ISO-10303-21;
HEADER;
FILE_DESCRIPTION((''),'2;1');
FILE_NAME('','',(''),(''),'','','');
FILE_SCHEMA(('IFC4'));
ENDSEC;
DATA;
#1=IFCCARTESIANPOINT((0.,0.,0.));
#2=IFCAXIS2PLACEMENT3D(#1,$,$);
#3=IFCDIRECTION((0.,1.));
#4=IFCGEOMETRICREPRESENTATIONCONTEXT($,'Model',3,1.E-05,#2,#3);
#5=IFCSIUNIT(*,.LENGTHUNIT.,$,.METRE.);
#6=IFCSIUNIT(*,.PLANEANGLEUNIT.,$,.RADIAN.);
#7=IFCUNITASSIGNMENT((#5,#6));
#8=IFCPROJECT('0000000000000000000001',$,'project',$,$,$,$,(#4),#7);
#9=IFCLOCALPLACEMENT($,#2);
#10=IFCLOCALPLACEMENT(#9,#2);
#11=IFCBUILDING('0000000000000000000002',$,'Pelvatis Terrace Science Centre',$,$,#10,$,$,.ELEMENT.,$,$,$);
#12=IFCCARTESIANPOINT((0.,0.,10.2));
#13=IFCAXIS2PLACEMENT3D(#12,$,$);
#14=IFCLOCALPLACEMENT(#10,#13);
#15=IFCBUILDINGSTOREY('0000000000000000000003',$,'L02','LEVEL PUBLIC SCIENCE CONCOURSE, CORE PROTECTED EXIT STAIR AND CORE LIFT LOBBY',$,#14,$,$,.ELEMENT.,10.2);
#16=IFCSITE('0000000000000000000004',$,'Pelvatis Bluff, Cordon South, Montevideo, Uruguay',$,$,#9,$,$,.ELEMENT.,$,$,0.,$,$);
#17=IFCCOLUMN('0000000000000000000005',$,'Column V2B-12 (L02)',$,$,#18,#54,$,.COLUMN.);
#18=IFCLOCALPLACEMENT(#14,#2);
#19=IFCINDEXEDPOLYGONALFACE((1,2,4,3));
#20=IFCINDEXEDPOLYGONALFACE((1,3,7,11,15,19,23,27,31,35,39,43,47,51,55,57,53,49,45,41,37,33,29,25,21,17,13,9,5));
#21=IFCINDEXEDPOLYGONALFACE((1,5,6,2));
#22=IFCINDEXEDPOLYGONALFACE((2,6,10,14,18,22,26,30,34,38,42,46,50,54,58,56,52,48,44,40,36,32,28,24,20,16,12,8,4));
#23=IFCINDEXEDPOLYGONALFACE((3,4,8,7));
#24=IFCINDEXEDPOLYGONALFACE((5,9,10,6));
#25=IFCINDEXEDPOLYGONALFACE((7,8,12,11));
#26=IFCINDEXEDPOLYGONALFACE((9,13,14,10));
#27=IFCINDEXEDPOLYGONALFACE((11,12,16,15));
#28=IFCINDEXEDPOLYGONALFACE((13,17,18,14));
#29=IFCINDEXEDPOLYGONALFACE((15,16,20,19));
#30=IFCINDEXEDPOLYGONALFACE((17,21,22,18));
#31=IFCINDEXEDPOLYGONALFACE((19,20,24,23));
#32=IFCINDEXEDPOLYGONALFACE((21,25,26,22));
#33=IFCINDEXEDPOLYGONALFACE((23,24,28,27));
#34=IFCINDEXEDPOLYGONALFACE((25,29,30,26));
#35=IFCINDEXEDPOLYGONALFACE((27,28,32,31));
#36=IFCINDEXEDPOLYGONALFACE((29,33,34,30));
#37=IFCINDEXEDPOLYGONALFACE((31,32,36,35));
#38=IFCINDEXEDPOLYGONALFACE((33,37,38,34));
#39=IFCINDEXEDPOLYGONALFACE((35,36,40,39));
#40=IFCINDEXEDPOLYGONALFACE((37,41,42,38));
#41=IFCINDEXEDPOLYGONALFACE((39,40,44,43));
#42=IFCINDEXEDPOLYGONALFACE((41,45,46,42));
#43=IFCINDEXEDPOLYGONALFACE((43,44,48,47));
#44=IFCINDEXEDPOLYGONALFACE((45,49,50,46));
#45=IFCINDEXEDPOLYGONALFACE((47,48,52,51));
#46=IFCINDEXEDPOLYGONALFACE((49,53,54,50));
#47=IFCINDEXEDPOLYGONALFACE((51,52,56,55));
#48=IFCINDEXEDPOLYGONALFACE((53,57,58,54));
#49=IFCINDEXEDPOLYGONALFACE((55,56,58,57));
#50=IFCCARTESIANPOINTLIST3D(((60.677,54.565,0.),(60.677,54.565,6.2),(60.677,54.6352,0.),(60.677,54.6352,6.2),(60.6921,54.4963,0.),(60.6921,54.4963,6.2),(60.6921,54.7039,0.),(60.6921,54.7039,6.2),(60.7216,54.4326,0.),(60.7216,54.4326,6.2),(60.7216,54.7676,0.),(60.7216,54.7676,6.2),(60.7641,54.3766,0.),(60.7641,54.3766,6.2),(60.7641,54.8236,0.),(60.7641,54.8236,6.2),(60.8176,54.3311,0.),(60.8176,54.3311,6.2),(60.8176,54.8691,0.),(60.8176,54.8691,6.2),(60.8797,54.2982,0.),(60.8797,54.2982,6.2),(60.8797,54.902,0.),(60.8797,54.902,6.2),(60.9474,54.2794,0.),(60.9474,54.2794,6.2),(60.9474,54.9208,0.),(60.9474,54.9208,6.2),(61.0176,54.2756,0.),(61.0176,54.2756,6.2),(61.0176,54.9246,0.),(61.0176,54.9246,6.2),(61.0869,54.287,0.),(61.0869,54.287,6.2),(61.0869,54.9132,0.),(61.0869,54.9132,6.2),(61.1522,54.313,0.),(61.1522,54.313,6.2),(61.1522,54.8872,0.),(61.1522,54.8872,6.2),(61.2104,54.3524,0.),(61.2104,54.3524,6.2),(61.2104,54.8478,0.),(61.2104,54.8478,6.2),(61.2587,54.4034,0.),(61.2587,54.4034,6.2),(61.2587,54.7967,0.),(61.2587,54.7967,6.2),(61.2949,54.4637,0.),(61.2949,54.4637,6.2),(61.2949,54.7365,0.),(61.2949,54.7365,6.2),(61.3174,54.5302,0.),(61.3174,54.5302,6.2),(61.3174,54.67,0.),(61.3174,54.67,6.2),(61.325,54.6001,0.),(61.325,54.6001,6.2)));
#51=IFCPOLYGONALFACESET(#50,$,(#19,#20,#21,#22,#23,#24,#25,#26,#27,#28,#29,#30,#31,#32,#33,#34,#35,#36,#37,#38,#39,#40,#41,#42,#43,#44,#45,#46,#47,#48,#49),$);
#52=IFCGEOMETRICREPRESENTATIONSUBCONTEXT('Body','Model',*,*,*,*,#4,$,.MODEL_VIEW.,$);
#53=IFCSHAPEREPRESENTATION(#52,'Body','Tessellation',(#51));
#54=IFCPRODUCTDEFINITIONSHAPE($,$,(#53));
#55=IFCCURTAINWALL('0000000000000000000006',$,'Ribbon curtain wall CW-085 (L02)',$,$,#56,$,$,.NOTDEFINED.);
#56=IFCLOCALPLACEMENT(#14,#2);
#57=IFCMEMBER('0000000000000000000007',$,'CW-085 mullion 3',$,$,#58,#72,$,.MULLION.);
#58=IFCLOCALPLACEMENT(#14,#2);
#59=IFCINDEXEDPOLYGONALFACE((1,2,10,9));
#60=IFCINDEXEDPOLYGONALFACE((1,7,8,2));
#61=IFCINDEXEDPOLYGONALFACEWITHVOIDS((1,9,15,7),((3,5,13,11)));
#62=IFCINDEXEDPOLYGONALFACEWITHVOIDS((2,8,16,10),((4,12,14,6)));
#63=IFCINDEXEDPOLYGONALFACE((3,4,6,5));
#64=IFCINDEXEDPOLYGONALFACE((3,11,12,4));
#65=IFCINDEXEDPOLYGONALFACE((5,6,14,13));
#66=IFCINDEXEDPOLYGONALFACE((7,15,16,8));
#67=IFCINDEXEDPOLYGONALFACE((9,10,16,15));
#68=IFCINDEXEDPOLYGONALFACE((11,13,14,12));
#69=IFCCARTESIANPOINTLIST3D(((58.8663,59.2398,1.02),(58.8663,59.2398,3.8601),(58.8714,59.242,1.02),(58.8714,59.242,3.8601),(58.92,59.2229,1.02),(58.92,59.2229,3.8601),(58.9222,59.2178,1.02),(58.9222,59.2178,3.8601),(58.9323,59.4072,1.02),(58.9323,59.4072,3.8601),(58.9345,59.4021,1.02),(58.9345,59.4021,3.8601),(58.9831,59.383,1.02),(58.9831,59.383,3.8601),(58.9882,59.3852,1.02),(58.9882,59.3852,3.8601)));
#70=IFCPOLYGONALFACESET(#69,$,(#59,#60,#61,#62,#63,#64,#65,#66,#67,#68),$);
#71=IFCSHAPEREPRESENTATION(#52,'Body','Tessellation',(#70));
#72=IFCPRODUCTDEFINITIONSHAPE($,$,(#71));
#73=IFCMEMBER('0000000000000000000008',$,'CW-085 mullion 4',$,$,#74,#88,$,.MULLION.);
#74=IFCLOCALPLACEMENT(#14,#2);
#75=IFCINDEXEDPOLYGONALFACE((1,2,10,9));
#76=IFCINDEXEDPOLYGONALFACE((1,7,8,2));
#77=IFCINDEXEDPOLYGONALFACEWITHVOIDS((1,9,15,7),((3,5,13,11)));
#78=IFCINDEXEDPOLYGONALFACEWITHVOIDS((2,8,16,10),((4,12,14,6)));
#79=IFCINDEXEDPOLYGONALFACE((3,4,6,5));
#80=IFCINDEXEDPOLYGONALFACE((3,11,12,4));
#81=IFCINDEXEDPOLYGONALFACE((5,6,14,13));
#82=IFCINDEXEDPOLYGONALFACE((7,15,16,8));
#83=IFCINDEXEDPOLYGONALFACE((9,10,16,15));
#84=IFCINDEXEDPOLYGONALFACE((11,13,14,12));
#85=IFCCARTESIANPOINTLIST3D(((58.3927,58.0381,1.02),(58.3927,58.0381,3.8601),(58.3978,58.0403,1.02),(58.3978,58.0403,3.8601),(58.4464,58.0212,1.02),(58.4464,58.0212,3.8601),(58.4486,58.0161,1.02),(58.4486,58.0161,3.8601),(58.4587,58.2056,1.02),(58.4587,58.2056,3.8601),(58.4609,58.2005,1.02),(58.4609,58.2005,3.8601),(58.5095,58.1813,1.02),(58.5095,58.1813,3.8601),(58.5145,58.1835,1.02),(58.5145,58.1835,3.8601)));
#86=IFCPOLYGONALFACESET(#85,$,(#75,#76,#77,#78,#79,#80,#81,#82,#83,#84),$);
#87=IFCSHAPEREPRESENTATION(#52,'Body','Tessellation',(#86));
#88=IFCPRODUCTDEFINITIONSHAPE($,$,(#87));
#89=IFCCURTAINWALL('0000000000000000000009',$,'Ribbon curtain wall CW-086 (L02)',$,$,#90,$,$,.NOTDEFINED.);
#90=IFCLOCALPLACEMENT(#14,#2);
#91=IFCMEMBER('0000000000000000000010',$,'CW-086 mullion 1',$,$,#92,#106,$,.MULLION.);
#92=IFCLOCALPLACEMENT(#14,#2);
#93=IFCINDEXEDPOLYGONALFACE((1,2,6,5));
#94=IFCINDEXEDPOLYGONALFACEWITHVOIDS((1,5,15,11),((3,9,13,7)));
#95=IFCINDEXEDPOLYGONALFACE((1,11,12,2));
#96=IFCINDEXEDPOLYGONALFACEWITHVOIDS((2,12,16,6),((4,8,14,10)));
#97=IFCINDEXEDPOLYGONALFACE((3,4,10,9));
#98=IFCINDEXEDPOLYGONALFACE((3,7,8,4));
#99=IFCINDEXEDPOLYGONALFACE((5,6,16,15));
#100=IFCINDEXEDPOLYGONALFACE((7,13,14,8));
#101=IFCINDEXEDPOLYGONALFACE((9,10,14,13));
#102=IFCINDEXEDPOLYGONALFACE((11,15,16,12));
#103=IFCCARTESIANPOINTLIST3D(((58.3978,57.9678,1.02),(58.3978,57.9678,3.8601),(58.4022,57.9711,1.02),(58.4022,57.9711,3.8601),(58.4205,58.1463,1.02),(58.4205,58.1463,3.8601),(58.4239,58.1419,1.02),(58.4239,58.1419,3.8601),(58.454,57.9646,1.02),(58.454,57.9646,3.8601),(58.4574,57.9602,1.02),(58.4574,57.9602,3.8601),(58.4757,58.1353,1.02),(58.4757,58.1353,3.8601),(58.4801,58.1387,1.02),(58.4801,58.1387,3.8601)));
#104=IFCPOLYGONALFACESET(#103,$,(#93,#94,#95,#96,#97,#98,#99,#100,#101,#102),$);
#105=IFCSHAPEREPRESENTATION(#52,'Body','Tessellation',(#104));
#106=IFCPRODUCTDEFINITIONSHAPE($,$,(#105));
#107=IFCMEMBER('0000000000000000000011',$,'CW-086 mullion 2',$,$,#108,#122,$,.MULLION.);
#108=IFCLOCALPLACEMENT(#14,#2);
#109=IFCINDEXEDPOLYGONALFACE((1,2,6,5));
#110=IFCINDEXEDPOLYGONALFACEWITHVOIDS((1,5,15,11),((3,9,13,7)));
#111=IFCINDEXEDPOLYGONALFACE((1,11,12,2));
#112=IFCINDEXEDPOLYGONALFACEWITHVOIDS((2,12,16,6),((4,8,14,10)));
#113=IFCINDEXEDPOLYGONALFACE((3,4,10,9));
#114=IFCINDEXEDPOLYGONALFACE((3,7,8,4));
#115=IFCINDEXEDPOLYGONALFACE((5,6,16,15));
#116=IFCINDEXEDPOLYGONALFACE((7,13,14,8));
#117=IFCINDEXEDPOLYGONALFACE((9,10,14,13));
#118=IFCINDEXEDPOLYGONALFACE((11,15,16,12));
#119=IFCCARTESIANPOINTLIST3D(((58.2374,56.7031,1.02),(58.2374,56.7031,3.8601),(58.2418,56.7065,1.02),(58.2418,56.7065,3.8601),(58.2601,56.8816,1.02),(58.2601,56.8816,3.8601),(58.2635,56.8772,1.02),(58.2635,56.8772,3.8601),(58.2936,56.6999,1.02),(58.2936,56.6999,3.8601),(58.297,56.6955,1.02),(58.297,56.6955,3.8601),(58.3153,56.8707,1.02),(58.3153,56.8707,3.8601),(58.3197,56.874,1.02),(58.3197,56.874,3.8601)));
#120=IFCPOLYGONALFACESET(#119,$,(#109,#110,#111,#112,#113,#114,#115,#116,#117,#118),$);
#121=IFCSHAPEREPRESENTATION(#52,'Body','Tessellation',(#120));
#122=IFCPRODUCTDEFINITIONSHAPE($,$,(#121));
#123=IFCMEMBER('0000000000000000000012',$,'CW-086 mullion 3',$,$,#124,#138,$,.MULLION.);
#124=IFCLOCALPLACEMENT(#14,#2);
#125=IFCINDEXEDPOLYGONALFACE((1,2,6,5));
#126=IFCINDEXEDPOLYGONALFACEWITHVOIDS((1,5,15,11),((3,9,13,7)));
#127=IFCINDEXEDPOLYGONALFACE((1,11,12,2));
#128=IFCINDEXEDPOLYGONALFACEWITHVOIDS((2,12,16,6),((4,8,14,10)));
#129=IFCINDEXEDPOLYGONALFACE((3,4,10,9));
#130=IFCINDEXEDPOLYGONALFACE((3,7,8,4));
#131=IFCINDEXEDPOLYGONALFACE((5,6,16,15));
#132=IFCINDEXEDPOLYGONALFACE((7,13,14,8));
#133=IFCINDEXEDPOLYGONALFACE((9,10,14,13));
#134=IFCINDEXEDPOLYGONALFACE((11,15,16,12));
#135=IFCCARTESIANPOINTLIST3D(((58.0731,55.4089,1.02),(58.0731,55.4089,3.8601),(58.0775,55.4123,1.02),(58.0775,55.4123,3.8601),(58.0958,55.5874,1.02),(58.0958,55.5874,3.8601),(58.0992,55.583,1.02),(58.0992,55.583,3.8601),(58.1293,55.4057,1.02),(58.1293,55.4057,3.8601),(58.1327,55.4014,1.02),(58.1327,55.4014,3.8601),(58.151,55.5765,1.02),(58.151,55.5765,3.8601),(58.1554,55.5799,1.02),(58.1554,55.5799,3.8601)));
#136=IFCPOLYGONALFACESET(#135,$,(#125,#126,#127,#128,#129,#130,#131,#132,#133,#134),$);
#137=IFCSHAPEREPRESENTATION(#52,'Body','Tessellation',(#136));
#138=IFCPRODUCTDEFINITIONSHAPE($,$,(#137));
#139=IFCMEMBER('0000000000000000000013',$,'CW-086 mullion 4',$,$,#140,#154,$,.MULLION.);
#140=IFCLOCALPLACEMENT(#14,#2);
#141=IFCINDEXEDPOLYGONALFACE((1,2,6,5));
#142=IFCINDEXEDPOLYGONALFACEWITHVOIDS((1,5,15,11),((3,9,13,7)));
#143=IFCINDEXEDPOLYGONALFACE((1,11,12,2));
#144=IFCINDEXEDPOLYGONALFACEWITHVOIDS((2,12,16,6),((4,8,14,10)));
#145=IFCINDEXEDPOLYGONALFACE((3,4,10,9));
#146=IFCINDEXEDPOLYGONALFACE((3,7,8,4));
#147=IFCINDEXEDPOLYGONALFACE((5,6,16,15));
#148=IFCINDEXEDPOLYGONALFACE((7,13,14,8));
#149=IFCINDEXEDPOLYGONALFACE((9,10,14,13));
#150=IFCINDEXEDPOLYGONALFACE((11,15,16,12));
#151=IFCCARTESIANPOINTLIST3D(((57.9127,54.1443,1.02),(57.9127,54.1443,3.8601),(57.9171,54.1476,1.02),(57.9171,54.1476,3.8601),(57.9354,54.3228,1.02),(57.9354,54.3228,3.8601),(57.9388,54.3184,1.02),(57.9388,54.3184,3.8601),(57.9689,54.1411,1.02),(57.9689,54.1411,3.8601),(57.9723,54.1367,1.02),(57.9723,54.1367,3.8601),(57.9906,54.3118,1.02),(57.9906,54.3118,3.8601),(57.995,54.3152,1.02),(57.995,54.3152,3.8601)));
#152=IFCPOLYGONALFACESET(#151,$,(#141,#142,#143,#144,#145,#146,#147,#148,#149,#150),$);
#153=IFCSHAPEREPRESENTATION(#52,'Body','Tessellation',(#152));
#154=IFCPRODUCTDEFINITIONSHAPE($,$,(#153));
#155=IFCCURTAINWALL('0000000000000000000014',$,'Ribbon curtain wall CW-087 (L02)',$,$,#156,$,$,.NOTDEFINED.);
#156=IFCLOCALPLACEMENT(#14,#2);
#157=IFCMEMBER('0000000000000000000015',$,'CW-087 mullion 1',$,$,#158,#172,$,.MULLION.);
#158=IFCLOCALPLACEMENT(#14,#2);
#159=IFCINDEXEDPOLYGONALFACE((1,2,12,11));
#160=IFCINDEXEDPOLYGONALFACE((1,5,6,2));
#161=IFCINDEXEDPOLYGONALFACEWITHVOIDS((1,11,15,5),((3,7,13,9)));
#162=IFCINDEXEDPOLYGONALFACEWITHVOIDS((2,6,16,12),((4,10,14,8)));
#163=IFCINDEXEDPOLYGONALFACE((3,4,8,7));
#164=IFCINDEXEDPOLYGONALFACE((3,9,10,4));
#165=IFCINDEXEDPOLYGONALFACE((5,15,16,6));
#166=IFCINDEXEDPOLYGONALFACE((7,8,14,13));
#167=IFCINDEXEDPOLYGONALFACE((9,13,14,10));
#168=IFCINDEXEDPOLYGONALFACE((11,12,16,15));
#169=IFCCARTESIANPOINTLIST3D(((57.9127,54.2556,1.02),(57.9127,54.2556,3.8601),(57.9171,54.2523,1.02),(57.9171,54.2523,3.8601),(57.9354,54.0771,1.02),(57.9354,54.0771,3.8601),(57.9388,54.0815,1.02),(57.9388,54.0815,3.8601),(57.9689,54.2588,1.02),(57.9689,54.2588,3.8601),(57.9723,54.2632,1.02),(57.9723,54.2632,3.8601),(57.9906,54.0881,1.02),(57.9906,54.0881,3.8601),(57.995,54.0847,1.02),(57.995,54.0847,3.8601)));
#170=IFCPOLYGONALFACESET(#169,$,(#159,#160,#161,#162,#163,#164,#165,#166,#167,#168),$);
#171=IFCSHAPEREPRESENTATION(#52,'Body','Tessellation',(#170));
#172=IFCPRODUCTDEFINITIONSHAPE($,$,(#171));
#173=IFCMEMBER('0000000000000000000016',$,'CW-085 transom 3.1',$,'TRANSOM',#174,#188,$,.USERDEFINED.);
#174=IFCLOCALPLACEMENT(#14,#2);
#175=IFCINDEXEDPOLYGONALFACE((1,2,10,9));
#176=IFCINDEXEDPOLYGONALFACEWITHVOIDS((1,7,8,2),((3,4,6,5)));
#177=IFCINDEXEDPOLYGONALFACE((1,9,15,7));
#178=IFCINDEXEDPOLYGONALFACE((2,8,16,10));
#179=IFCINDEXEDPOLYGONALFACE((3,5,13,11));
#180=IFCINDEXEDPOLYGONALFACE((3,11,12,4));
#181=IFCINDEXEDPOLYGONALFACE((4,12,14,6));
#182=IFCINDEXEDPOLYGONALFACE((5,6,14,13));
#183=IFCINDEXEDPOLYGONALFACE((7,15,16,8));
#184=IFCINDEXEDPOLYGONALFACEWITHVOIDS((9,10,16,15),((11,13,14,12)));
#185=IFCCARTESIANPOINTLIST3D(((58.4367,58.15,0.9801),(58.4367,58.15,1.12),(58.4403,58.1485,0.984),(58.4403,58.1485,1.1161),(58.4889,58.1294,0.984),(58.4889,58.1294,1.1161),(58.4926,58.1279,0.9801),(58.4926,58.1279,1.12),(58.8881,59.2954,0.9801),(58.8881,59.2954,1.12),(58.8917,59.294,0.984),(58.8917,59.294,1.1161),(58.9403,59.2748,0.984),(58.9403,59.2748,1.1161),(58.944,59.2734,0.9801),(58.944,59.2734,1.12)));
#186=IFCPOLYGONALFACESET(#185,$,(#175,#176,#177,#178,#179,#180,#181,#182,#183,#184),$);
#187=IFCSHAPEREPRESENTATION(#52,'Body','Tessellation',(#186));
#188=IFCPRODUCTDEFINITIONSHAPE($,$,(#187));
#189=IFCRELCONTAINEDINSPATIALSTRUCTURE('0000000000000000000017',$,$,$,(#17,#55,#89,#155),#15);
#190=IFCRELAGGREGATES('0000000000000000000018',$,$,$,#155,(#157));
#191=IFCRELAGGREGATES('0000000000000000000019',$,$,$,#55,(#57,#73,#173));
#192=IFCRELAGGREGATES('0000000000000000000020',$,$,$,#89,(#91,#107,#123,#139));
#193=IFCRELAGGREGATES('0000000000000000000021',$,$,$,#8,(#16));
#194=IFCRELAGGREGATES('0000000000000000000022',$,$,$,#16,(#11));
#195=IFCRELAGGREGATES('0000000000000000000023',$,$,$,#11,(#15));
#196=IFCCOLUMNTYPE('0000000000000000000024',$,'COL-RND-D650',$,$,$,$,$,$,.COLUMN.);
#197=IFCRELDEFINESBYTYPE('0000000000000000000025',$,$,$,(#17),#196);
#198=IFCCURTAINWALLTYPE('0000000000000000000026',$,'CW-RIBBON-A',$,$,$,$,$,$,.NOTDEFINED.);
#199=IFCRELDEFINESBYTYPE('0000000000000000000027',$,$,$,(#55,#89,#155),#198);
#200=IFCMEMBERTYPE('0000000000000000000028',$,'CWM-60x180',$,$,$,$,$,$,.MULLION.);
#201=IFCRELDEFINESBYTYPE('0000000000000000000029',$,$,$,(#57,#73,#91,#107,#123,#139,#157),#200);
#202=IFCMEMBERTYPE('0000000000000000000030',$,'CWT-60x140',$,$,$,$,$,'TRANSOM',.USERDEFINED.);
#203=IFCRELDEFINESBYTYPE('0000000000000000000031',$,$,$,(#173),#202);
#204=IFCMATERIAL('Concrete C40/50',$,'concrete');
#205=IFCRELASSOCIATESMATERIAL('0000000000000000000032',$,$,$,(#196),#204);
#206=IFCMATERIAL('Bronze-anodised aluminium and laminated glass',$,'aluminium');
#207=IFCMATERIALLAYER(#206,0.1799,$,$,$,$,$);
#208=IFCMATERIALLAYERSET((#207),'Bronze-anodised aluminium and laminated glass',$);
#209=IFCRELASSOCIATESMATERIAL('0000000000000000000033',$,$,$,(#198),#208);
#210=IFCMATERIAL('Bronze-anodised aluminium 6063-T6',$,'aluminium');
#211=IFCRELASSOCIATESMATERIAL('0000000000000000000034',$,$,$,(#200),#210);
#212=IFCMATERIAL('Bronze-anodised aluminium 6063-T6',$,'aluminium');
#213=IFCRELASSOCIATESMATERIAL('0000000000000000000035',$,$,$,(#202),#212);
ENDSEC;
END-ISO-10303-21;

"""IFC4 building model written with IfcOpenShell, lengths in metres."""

from ifc_helpers import new_model, si_unit, direction, frame, origin, origin_2d, place, context, subcontext, project, spatial, hollow_rectangle, circle, extrude, material, layer, layer_set, material_profile, profile_set, type_object, element, aggregate, save


model = new_model("IFC4")

# Units and contexts
model_context = context("Model", 3, precision=1e-05, world=origin(), true_north=direction((0.0, 1.0)))
body_context = subcontext(model_context, "Body", "Model", "MODEL_VIEW")
ifc_project = project(units=[si_unit("LENGTHUNIT", "METRE"), si_unit("PLANEANGLEUNIT", "RADIAN")], contexts=[model_context])

# Site, building, storey
site_placement = place(None, origin())
site = spatial("IfcSite", under=ifc_project, at=site_placement, Name="Pelvatis Bluff, Cordon South, Montevideo, Uruguay", CompositionType="ELEMENT", RefElevation=0.0)
building_placement = place(site_placement, origin())
building = spatial("IfcBuilding", under=site, at=building_placement, Name="Pelvatis Terrace Science Centre", CompositionType="ELEMENT")
storey_placement = place(building_placement, frame((0.0, 0.0, 10.2)))
storey = spatial("IfcBuildingStorey", under=building, at=storey_placement, Name="L02", Description="LEVEL PUBLIC SCIENCE CONCOURSE, CORE PROTECTED EXIT STAIR AND CORE LIFT LOBBY", CompositionType="ELEMENT", Elevation=10.2)

# Column
ifc_material_1 = material(Name="Concrete C40/50", Category="concrete")
ifc_material_profile_1 = material_profile(ifc_material_1, circle(Radius=0.325, at=origin_2d()), Name="RC-RCOL D650")
ifc_profile_set_1 = profile_set([ifc_material_profile_1], Name="Concrete C40/50")
column_type = type_object("IfcColumnType", Name="COL-RND-D650", PredefinedType="COLUMN", material=ifc_profile_set_1)
column_placement = place(storey_placement, frame((61.0, 54.6001, 0.0), z_axis=(0.0, 0.0, 1.0), x_axis=(1.0, 0.0, 0.0)))
element("IfcColumn", 1, at=column_placement, inside=storey, type_object=column_type, Name="Column V2B-12 (L02)", PredefinedType="COLUMN", context=body_context, shape_type="SweptSolid", body=[
    extrude(circle(Radius=0.325, at=origin_2d()), origin(), (0.0, 0.0, 1.0), 6.2),
])

# Curtain walls, members
ifc_material_2 = material(Name="Bronze-anodised aluminium and laminated glass", Category="aluminium")
ifc_layer_1 = layer(ifc_material_2, 0.1799)
ifc_layer_set_1 = layer_set([ifc_layer_1], Name="Bronze-anodised aluminium and laminated glass")
curtain_wall_type = type_object("IfcCurtainWallType", Name="CW-RIBBON-A", PredefinedType="NOTDEFINED", material=ifc_layer_set_1)
curtain_wall_1_placement = place(storey_placement, origin())
curtain_wall_1 = element("IfcCurtainWall", 2, at=curtain_wall_1_placement, inside=storey, type_object=curtain_wall_type, Name="Ribbon curtain wall CW-085 (L02)", PredefinedType="NOTDEFINED")
ifc_material_3 = material(Name="Bronze-anodised aluminium 6063-T6", Category="aluminium")
ifc_material_profile_2 = material_profile(ifc_material_3, hollow_rectangle(XDim=0.0601, YDim=0.1799, WallThickness=0.0039, at=origin_2d()), Name="ALU-MUL 60x180")
ifc_profile_set_2 = profile_set([ifc_material_profile_2], Name="Bronze-anodised aluminium 6063-T6")
member_type_1 = type_object("IfcMemberType", Name="CWM-60x180", PredefinedType="MULLION", material=ifc_profile_set_2)
member_1_placement = place(storey_placement, frame((58.9272, 59.3125, 1.02), z_axis=(0.0, 0.0, 1.0), x_axis=(0.93038, -0.366597, 0.0)))
member_1 = element("IfcMember", 3, at=member_1_placement, type_object=member_type_1, Name="CW-085 mullion 3", PredefinedType="MULLION", context=body_context, shape_type="SweptSolid", body=[
    extrude(hollow_rectangle(XDim=0.0601, YDim=0.1799, WallThickness=0.0039, at=origin_2d()), origin(), (0.0, 0.0, 1.0), 2.8401),
])
member_2_placement = place(storey_placement, frame((58.4536, 58.1108, 1.02), z_axis=(0.0, 0.0, 1.0), x_axis=(0.93038, -0.366597, 0.0)))
member_2 = element("IfcMember", 4, at=member_2_placement, type_object=member_type_1, Name="CW-085 mullion 4", PredefinedType="MULLION", context=body_context, shape_type="SweptSolid", body=[
    extrude(hollow_rectangle(XDim=0.0601, YDim=0.1799, WallThickness=0.0039, at=origin_2d()), origin(), (0.0, 0.0, 1.0), 2.8401),
])
curtain_wall_2_placement = place(storey_placement, origin())
curtain_wall_2 = element("IfcCurtainWall", 5, at=curtain_wall_2_placement, inside=storey, type_object=curtain_wall_type, Name="Ribbon curtain wall CW-086 (L02)", PredefinedType="NOTDEFINED")
member_3_placement = place(storey_placement, frame((58.439, 58.0532, 1.02), z_axis=(0.0, 0.0, 1.0), x_axis=(0.992046, -0.125877, 0.0)))
member_3 = element("IfcMember", 6, at=member_3_placement, type_object=member_type_1, Name="CW-086 mullion 1", PredefinedType="MULLION", context=body_context, shape_type="SweptSolid", body=[
    extrude(hollow_rectangle(XDim=0.0601, YDim=0.1799, WallThickness=0.0039, at=origin_2d()), origin(), (0.0, 0.0, 1.0), 2.8401),
])
member_4_placement = place(storey_placement, frame((58.2786, 56.7886, 1.02), z_axis=(0.0, 0.0, 1.0), x_axis=(0.992046, -0.125877, 0.0)))
member_4 = element("IfcMember", 7, at=member_4_placement, type_object=member_type_1, Name="CW-086 mullion 2", PredefinedType="MULLION", context=body_context, shape_type="SweptSolid", body=[
    extrude(hollow_rectangle(XDim=0.0601, YDim=0.1799, WallThickness=0.0039, at=origin_2d()), origin(), (0.0, 0.0, 1.0), 2.8401),
])
member_5_placement = place(storey_placement, frame((58.1143, 55.4944, 1.02), z_axis=(0.0, 0.0, 1.0), x_axis=(0.992046, -0.125877, 0.0)))
member_5 = element("IfcMember", 8, at=member_5_placement, type_object=member_type_1, Name="CW-086 mullion 3", PredefinedType="MULLION", context=body_context, shape_type="SweptSolid", body=[
    extrude(hollow_rectangle(XDim=0.0601, YDim=0.1799, WallThickness=0.0039, at=origin_2d()), origin(), (0.0, 0.0, 1.0), 2.8401),
])
member_6_placement = place(storey_placement, frame((57.9539, 54.2297, 1.02), z_axis=(0.0, 0.0, 1.0), x_axis=(0.992046, -0.125877, 0.0)))
member_6 = element("IfcMember", 9, at=member_6_placement, type_object=member_type_1, Name="CW-086 mullion 4", PredefinedType="MULLION", context=body_context, shape_type="SweptSolid", body=[
    extrude(hollow_rectangle(XDim=0.0601, YDim=0.1799, WallThickness=0.0039, at=origin_2d()), origin(), (0.0, 0.0, 1.0), 2.8401),
])

# Curtain wall, member
curtain_wall_3_placement = place(storey_placement, origin())
curtain_wall_3 = element("IfcCurtainWall", 10, at=curtain_wall_3_placement, inside=storey, type_object=curtain_wall_type, Name="Ribbon curtain wall CW-087 (L02)", PredefinedType="NOTDEFINED")
member_7_placement = place(storey_placement, frame((57.9539, 54.1702, 1.02), z_axis=(0.0, 0.0, 1.0), x_axis=(0.992046, 0.125877, 0.0)))
member_7 = element("IfcMember", 11, at=member_7_placement, type_object=member_type_1, Name="CW-087 mullion 1", PredefinedType="MULLION", context=body_context, shape_type="SweptSolid", body=[
    extrude(hollow_rectangle(XDim=0.0601, YDim=0.1799, WallThickness=0.0039, at=origin_2d()), origin(), (0.0, 0.0, 1.0), 2.8401),
])

# Member
ifc_material_4 = material(Name="Bronze-anodised aluminium 6063-T6", Category="aluminium")
ifc_material_profile_3 = material_profile(ifc_material_4, hollow_rectangle(XDim=0.0601, YDim=0.1399, WallThickness=0.0039, at=origin_2d()), Name="ALU-TRN 60x140")
ifc_profile_set_3 = profile_set([ifc_material_profile_3], Name="Bronze-anodised aluminium 6063-T6")
member_type_2 = type_object("IfcMemberType", Name="CWT-60x140", ElementType="TRANSOM", PredefinedType="USERDEFINED", material=ifc_profile_set_3)
member_8_placement = place(storey_placement, frame((58.916, 59.2844, 1.05), z_axis=(-0.366634, -0.930365, 0.0), x_axis=(0.930365, -0.366634, 0.0)))
member_8 = element("IfcMember", 12, at=member_8_placement, type_object=member_type_2, Name="CW-085 transom 3.1", ObjectType="TRANSOM", PredefinedType="USERDEFINED", context=body_context, shape_type="SweptSolid", body=[
    extrude(hollow_rectangle(XDim=0.0601, YDim=0.1399, WallThickness=0.0039, at=origin_2d()), origin(), (0.0, 0.0, 1.0), 1.2312),
])
aggregate(curtain_wall_3, [member_7])

aggregate(curtain_wall_1, [member_1, member_2, member_8])
aggregate(curtain_wall_2, [member_3, member_4, member_5, member_6])

save(model, "model.ifc")
